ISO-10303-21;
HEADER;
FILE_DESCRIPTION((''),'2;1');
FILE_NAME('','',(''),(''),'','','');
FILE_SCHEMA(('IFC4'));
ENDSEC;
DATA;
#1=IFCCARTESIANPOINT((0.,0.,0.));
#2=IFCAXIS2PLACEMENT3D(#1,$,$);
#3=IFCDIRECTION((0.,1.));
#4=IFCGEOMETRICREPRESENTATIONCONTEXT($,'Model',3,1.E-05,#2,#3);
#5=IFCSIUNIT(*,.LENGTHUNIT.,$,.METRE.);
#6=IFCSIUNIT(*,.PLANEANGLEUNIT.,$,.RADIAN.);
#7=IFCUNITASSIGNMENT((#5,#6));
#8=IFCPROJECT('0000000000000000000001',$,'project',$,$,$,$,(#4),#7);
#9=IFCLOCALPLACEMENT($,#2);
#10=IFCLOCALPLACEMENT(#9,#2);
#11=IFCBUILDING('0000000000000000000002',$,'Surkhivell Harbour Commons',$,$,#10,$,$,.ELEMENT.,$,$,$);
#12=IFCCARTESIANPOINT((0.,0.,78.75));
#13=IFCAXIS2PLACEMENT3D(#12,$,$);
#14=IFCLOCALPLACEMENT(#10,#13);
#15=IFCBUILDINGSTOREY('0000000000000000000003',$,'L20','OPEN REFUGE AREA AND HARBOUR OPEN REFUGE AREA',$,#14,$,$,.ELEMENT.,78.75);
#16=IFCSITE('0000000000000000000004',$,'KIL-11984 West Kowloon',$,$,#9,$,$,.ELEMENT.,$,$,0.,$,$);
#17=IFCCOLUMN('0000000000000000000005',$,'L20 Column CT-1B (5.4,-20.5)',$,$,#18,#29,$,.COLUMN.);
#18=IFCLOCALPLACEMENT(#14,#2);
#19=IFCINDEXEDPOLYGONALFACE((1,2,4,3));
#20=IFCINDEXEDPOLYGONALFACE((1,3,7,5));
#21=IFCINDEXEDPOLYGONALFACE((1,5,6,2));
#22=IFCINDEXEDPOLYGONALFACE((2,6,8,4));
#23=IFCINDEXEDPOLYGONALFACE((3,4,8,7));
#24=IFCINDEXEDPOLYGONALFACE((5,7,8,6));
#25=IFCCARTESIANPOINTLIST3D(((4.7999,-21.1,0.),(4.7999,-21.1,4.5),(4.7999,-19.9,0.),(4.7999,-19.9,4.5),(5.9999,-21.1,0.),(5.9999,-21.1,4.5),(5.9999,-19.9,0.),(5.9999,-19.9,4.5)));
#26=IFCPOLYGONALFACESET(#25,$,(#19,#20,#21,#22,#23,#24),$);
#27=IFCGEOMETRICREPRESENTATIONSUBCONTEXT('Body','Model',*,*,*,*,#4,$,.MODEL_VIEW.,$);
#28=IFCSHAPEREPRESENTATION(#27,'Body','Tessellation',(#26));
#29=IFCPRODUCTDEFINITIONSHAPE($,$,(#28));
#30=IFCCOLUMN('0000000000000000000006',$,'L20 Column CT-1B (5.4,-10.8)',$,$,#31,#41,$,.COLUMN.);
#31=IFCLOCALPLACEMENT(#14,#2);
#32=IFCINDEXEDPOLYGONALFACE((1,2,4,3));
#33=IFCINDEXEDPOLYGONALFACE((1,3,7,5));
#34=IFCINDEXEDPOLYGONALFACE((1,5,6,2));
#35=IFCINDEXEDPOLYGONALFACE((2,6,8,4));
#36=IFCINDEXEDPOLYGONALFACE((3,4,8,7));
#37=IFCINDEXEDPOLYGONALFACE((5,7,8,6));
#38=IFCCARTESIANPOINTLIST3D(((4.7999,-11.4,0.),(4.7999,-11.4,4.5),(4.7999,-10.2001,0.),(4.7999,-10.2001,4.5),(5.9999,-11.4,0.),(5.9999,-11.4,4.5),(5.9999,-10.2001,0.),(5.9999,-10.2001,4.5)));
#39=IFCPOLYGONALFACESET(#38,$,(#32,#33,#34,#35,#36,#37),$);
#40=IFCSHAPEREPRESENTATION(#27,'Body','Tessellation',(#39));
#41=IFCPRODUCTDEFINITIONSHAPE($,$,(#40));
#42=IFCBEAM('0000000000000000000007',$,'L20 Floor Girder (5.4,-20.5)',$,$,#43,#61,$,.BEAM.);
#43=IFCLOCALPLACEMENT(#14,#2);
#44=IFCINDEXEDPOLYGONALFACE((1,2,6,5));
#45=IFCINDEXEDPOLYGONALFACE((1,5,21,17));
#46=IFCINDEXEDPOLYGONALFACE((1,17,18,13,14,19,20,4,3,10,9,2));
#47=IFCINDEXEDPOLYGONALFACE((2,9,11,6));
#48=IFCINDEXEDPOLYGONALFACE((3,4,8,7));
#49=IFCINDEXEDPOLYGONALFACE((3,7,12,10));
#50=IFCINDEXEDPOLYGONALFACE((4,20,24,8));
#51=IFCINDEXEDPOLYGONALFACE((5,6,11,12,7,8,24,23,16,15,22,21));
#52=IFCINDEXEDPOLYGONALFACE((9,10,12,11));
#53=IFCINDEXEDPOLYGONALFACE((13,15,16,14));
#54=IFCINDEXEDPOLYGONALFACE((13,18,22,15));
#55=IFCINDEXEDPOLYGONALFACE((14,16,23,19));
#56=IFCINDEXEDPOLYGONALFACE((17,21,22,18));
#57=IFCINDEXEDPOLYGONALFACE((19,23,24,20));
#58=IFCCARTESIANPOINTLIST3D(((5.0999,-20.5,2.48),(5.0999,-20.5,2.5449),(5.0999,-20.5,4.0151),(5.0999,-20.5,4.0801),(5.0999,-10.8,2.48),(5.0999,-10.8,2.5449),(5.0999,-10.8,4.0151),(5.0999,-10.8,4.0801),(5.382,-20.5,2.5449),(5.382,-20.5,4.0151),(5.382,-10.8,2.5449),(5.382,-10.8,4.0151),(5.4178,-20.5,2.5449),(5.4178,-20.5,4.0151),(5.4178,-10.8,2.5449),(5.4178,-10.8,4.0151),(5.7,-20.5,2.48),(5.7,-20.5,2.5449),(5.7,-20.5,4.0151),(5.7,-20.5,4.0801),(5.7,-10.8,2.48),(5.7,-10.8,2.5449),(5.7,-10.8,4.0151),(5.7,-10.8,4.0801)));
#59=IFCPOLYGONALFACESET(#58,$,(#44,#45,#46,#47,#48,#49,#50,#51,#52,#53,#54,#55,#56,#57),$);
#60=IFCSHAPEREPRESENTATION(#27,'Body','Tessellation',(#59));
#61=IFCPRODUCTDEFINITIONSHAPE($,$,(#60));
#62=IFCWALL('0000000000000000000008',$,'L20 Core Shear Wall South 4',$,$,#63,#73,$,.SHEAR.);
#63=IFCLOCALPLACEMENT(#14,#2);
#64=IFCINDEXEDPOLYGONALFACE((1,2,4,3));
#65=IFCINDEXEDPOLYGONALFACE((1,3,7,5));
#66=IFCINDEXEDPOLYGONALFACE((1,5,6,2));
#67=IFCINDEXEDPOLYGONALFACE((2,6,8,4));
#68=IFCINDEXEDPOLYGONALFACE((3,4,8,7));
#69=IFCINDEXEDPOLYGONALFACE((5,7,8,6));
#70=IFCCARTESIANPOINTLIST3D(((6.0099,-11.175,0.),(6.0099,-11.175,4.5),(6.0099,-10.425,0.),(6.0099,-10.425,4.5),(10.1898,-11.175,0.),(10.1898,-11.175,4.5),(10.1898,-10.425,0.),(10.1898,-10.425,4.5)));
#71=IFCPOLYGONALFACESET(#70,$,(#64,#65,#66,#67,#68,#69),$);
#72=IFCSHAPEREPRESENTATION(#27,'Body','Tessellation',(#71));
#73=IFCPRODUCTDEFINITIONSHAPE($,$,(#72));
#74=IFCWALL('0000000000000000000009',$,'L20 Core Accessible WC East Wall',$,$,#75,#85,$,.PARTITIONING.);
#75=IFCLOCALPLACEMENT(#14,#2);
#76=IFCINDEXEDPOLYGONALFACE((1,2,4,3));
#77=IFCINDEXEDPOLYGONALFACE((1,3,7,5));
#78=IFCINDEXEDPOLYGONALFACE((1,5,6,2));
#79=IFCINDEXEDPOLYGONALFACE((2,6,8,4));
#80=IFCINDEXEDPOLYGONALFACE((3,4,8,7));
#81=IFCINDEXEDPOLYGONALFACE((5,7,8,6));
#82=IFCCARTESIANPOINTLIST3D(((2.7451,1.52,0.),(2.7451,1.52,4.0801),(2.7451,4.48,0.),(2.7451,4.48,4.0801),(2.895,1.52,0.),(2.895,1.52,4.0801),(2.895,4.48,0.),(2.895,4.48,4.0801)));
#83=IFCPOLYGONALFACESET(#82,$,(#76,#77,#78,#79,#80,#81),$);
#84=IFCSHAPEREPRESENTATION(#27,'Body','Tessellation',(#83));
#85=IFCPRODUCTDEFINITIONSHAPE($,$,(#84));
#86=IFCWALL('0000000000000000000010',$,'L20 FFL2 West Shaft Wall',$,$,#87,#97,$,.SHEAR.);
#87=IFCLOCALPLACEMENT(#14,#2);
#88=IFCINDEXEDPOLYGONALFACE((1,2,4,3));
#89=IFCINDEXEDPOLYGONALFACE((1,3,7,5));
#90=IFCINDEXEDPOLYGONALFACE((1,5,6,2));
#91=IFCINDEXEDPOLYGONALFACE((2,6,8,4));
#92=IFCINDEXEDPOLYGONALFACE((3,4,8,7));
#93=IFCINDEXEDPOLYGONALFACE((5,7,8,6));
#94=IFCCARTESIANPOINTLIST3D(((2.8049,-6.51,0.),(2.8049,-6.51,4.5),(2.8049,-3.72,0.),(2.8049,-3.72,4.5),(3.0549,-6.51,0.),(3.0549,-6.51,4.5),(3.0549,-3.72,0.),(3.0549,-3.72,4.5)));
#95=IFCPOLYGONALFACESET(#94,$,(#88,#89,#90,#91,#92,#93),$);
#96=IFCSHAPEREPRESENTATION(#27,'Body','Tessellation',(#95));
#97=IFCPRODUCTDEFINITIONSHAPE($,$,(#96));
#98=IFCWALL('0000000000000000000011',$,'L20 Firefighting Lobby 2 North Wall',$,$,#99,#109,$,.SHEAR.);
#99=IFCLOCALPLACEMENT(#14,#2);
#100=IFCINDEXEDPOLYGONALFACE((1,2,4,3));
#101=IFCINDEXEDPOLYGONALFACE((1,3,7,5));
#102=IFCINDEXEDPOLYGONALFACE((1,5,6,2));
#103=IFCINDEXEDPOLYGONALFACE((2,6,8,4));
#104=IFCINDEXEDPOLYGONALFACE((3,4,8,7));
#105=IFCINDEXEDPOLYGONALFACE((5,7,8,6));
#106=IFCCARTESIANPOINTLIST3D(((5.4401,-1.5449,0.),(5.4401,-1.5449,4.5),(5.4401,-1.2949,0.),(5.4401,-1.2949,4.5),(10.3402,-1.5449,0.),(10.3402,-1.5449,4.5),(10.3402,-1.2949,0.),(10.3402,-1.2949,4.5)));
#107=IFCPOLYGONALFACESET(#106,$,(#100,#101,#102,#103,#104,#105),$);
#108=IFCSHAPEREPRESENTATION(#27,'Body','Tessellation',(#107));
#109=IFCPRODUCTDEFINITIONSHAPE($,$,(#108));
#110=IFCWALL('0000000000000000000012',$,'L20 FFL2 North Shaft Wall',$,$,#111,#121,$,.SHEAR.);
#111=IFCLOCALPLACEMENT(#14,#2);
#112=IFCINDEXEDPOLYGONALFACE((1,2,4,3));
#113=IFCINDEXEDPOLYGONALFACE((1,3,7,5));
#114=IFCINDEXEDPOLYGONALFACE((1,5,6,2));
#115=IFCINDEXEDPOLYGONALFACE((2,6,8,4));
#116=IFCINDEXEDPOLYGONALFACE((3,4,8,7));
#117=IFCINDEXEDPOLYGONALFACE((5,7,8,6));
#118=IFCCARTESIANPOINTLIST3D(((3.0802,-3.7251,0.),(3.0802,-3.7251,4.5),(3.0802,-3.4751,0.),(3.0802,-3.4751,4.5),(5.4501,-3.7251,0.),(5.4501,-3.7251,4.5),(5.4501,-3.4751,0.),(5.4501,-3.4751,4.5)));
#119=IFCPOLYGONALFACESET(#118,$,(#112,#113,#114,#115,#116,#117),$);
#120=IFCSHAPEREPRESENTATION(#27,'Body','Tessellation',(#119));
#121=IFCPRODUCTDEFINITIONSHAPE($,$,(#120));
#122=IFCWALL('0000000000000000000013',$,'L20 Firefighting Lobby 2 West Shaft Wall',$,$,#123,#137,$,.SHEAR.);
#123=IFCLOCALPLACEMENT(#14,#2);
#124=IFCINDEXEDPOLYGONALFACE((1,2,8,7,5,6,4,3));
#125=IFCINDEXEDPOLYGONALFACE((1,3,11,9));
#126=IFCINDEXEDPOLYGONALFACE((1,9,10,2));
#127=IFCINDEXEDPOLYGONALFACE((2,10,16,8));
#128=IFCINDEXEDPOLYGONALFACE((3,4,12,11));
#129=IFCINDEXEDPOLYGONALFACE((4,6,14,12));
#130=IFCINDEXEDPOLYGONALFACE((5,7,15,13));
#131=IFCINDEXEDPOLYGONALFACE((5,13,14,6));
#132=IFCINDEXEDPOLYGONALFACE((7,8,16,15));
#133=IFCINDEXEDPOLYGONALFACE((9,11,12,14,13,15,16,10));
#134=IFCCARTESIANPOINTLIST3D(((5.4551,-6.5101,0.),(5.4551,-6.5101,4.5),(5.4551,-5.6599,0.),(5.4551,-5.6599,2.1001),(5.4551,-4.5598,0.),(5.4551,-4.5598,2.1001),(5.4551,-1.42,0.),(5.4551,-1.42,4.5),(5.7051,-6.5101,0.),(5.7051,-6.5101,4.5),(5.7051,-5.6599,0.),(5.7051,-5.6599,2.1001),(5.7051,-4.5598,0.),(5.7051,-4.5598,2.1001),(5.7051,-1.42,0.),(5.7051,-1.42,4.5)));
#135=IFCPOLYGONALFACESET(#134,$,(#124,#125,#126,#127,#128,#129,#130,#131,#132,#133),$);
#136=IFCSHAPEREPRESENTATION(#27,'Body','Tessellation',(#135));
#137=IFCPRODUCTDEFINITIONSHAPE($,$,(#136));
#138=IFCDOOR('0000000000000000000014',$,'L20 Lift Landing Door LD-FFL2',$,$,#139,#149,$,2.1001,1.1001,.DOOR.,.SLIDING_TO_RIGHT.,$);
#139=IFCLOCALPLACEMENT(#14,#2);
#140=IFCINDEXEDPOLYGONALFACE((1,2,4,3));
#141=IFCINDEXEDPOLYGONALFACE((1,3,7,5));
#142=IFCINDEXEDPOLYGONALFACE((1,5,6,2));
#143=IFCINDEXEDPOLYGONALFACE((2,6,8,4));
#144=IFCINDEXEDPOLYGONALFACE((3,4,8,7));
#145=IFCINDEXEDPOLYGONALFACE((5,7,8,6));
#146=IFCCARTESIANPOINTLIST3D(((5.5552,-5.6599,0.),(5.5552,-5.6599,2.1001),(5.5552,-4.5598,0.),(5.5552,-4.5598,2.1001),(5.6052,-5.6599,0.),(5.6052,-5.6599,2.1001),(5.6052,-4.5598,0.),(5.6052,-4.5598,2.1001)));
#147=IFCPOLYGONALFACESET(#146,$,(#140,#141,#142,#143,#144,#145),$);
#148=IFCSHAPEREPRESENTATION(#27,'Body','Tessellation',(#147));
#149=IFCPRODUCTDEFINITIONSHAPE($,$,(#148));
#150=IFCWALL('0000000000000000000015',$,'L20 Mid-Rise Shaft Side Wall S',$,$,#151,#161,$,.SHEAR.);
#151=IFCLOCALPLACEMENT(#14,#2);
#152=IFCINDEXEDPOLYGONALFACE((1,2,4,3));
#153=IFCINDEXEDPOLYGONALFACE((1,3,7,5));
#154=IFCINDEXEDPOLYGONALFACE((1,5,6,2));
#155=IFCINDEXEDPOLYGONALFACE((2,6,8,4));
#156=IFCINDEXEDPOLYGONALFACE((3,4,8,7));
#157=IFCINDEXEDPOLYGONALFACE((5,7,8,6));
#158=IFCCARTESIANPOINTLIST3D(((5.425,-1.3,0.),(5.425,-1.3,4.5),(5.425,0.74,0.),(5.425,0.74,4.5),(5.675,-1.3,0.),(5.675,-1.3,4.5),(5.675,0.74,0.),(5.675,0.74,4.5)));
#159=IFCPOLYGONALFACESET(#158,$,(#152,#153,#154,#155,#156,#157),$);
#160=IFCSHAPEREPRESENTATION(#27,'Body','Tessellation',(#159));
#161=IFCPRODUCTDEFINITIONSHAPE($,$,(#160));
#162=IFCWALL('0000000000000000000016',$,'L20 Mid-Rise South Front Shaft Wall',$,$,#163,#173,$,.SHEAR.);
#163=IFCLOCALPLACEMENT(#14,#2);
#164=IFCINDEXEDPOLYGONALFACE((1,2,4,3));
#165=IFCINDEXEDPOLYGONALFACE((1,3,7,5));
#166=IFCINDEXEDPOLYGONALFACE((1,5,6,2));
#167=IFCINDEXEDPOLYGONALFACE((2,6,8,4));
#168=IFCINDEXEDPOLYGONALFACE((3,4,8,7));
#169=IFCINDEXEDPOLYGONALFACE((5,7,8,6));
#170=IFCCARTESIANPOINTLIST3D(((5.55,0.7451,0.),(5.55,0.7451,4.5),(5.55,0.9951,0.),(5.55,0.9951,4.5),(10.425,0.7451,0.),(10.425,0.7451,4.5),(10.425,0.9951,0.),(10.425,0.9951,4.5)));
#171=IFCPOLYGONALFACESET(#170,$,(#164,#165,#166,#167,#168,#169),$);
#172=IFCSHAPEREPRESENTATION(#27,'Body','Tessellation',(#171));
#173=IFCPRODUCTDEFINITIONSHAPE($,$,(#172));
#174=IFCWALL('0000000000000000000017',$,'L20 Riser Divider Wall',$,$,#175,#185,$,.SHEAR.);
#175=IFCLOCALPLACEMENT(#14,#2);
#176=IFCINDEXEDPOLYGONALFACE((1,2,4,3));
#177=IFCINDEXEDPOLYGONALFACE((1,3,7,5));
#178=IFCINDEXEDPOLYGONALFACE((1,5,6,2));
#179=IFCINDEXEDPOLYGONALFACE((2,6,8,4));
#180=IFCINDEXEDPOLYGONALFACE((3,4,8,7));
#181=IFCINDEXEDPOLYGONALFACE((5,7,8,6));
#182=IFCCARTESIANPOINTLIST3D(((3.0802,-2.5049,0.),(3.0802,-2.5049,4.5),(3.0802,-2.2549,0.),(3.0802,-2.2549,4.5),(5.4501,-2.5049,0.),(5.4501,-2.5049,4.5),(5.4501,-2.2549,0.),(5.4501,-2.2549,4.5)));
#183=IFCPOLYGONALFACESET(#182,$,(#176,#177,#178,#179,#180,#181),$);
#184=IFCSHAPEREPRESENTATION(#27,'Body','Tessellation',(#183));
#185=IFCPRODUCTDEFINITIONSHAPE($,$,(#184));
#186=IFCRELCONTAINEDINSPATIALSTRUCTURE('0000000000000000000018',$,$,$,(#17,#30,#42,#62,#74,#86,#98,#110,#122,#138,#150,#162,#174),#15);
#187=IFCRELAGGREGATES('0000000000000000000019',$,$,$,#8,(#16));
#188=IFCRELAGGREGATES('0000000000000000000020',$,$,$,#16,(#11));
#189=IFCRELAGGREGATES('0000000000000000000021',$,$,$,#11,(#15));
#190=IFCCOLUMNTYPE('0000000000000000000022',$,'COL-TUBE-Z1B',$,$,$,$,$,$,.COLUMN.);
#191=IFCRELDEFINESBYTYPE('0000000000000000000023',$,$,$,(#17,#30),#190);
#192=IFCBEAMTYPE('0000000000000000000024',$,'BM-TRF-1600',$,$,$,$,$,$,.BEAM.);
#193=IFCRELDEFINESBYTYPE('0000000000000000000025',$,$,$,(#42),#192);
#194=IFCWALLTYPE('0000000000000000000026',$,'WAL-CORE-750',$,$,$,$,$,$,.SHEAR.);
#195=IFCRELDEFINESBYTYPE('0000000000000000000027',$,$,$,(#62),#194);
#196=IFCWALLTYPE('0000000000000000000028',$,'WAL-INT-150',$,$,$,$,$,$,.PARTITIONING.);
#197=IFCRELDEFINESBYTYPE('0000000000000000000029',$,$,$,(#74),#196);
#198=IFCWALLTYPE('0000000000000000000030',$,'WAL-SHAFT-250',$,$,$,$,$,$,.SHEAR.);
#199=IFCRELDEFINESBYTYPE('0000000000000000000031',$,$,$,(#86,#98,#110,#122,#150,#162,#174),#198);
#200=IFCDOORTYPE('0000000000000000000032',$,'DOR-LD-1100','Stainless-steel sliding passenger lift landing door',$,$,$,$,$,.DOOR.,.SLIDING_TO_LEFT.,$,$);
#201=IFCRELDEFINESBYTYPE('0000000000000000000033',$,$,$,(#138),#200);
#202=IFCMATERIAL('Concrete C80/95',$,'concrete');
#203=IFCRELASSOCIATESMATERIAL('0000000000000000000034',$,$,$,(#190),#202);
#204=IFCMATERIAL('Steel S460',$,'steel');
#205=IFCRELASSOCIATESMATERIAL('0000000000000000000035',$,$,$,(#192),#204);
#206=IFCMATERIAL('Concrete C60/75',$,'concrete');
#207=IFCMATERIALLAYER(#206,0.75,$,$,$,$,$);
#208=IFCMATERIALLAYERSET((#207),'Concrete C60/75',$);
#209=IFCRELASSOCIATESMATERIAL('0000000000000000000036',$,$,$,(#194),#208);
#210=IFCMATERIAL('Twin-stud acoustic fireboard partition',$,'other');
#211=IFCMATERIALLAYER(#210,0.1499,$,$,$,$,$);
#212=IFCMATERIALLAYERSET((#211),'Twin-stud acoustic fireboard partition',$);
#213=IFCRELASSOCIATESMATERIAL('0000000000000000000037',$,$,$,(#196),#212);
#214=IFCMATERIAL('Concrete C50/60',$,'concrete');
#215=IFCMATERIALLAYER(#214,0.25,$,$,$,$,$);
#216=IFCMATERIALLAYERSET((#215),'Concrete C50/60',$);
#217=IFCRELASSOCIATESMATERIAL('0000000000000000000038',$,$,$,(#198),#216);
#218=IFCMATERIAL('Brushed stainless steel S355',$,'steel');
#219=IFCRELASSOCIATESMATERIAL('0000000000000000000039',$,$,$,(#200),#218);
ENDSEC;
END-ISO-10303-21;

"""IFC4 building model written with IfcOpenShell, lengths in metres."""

from ifc_helpers import new_model, si_unit, direction, frame, frame_2d, origin, origin_2d, place, context, subcontext, project, spatial, rectangle, i_section, extrude, material, layer, layer_set, material_profile, profile_set, type_object, element, fill, save


model = new_model("IFC4")

# Units and contexts
model_context = context("Model", 3, precision=1e-05, world=origin(), true_north=direction((0.0, 1.0)))
body_context = subcontext(model_context, "Body", "Model", "MODEL_VIEW")
ifc_project = project(units=[si_unit("LENGTHUNIT", "METRE"), si_unit("PLANEANGLEUNIT", "RADIAN")], contexts=[model_context])

# Site, building, storey
site_placement = place(None, origin())
site = spatial("IfcSite", under=ifc_project, at=site_placement, Name="KIL-11984 West Kowloon", CompositionType="ELEMENT", RefElevation=0.0)
building_placement = place(site_placement, origin())
building = spatial("IfcBuilding", under=site, at=building_placement, Name="Surkhivell Harbour Commons", CompositionType="ELEMENT")
storey_placement = place(building_placement, frame((0.0, 0.0, 78.75)))
storey = spatial("IfcBuildingStorey", under=building, at=storey_placement, Name="L20", Description="OPEN REFUGE AREA AND HARBOUR OPEN REFUGE AREA", CompositionType="ELEMENT", Elevation=78.75)

# Columns
ifc_material_1 = material(Name="Concrete C80/95", Category="concrete")
ifc_material_profile_1 = material_profile(ifc_material_1, rectangle(XDim=1.2, YDim=1.2, at=origin_2d()), Name="RC-COL-1200x1200")
ifc_profile_set_1 = profile_set([ifc_material_profile_1], Name="Concrete C80/95")
column_type = type_object("IfcColumnType", Name="COL-TUBE-Z1B", PredefinedType="COLUMN", material=ifc_profile_set_1)
for number, where, z_axis, x_axis, name in (
    (1, (5.3999, -20.5, 0.0), (0.0, 0.0, 1.0), (1.0, 0.0, 0.0), "L20 Column CT-1B (5.4,-20.5)"),
    (2, (5.3999, -10.8, 0.0), (0.0, 0.0, 1.0), (1.0, 0.0, 0.0), "L20 Column CT-1B (5.4,-10.8)"),
):
    element("IfcColumn", number, at=place(storey_placement, frame(where, z_axis=z_axis, x_axis=x_axis)), inside=storey, type_object=column_type, Name=name, PredefinedType="COLUMN", context=body_context, shape_type="SweptSolid", body=[
        extrude(rectangle(XDim=1.2, YDim=1.2, at=origin_2d()), origin(), (0.0, 0.0, 1.0), 4.5),
    ])

# Beam
ifc_material_2 = material(Name="Steel S460", Category="steel")
ifc_material_profile_2 = material_profile(ifc_material_2, i_section(OverallWidth=0.6001, OverallDepth=1.6001, WebThickness=0.0359, FlangeThickness=0.0649, at=origin_2d()), Name="WPG1600x600x296")
ifc_profile_set_2 = profile_set([ifc_material_profile_2], Name="Steel S460")
beam_type = type_object("IfcBeamType", Name="BM-TRF-1600", PredefinedType="BEAM", material=ifc_profile_set_2)
beam_placement = place(storey_placement, frame((5.3999, -20.5, 3.28), z_axis=(0.0, 1.0, 0.0), x_axis=(-1.0, 0.0, 0.0)))
element("IfcBeam", 3, at=beam_placement, inside=storey, type_object=beam_type, Name="L20 Floor Girder (5.4,-20.5)", PredefinedType="BEAM", context=body_context, shape_type="SweptSolid", body=[
    extrude(i_section(OverallWidth=0.6001, OverallDepth=1.6001, WebThickness=0.0359, FlangeThickness=0.0649, at=origin_2d()), origin(), (0.0, 0.0, 1.0), 9.7),
])

# Walls
ifc_material_3 = material(Name="Concrete C60/75", Category="concrete")
ifc_layer_1 = layer(ifc_material_3, 0.75)
ifc_layer_set_1 = layer_set([ifc_layer_1], Name="Concrete C60/75")
wall_type_1 = type_object("IfcWallType", Name="WAL-CORE-750", PredefinedType="SHEAR", material=ifc_layer_set_1)
wall_1_placement = place(storey_placement, frame((6.01, -10.8, 0.0), z_axis=(0.0, 0.0, 1.0), x_axis=(1.0, 0.0, 0.0)))
element("IfcWall", 4, at=wall_1_placement, inside=storey, type_object=wall_type_1, Name="L20 Core Shear Wall South 4", PredefinedType="SHEAR", context=body_context, shape_type="SweptSolid", body=[
    extrude(rectangle(XDim=4.1799, YDim=0.75, at=frame_2d((2.0898, 0.0))), origin(), (0.0, 0.0, 1.0), 4.5),
])
ifc_material_4 = material(Name="Twin-stud acoustic fireboard partition", Category="other")
ifc_layer_2 = layer(ifc_material_4, 0.1499)
ifc_layer_set_2 = layer_set([ifc_layer_2], Name="Twin-stud acoustic fireboard partition")
wall_type_2 = type_object("IfcWallType", Name="WAL-INT-150", PredefinedType="PARTITIONING", material=ifc_layer_set_2)
wall_2_placement = place(storey_placement, frame((2.8201, 1.52, 0.0), z_axis=(0.0, 0.0, 1.0), x_axis=(0.0, 1.0, 0.0)))
element("IfcWall", 5, at=wall_2_placement, inside=storey, type_object=wall_type_2, Name="L20 Core Accessible WC East Wall", PredefinedType="PARTITIONING", context=body_context, shape_type="SweptSolid", body=[
    extrude(rectangle(XDim=2.96, YDim=0.1499, at=frame_2d((1.48, 0.0))), origin(), (0.0, 0.0, 1.0), 4.0801),
])
ifc_material_5 = material(Name="Concrete C50/60", Category="concrete")
ifc_layer_3 = layer(ifc_material_5, 0.25)
ifc_layer_set_3 = layer_set([ifc_layer_3], Name="Concrete C50/60")
wall_type_3 = type_object("IfcWallType", Name="WAL-SHAFT-250", PredefinedType="SHEAR", material=ifc_layer_set_3)
wall_3_placement = place(storey_placement, frame((2.9299, -6.51, 0.0), z_axis=(0.0, 0.0, 1.0), x_axis=(0.0, 1.0, 0.0)))
element("IfcWall", 6, at=wall_3_placement, inside=storey, type_object=wall_type_3, Name="L20 FFL2 West Shaft Wall", PredefinedType="SHEAR", context=body_context, shape_type="SweptSolid", body=[
    extrude(rectangle(XDim=2.79, YDim=0.25, at=frame_2d((1.395, 0.0))), origin(), (0.0, 0.0, 1.0), 4.5),
])
wall_4_placement = place(storey_placement, frame((5.4399, -1.4199, 0.0), z_axis=(0.0, 0.0, 1.0), x_axis=(1.0, 0.0, 0.0)))
element("IfcWall", 7, at=wall_4_placement, inside=storey, type_object=wall_type_3, Name="L20 Firefighting Lobby 2 North Wall", PredefinedType="SHEAR", context=body_context, shape_type="SweptSolid", body=[
    extrude(rectangle(XDim=4.9001, YDim=0.25, at=frame_2d((2.4502, 0.0))), origin(), (0.0, 0.0, 1.0), 4.5),
])
wall_5_placement = place(storey_placement, frame((3.0801, -3.6001, 0.0), z_axis=(0.0, 0.0, 1.0), x_axis=(1.0, 0.0, 0.0)))
element("IfcWall", 8, at=wall_5_placement, inside=storey, type_object=wall_type_3, Name="L20 FFL2 North Shaft Wall", PredefinedType="SHEAR", context=body_context, shape_type="SweptSolid", body=[
    extrude(rectangle(XDim=2.3699, YDim=0.25, at=frame_2d((1.1851, 0.0))), origin(), (0.0, 0.0, 1.0), 4.5),
])

# Wall, opening, door
wall_6_placement = place(storey_placement, frame((5.5801, -6.51, 0.0), z_axis=(0.0, 0.0, 1.0), x_axis=(0.0, 1.0, 0.0)))
wall_6 = element("IfcWall", 9, at=wall_6_placement, inside=storey, type_object=wall_type_3, Name="L20 Firefighting Lobby 2 West Shaft Wall", PredefinedType="SHEAR", context=body_context, shape_type="SweptSolid", body=[
    extrude(rectangle(XDim=5.0901, YDim=0.25, at=frame_2d((2.5449, 0.0))), origin(), (0.0, 0.0, 1.0), 4.5),
])
opening_1_placement = place(wall_6_placement, frame((0.8501, 0.0, 0.0)))
opening_1 = element("IfcOpeningElement", 10, at=opening_1_placement, cuts=wall_6, PredefinedType="OPENING", context=body_context, shape_type="SweptSolid", body=[
    extrude(rectangle(XDim=1.1001, YDim=2.1001, at=frame_2d((0.55, 1.05))), frame((0.0, 0.135, 0.0), z_axis=(0.0, -1.0, 0.0), x_axis=(1.0, 0.0, 0.0)), (0.0, 0.0, 1.0), 0.27),
])
ifc_material_6 = material(Name="Brushed stainless steel S355", Category="steel")
door_type_1 = type_object("IfcDoorType", Name="DOR-LD-1100", Description="Stainless-steel sliding passenger lift landing door", OperationType="SLIDING_TO_LEFT", PredefinedType="DOOR", material=ifc_material_6)
door_1_placement = place(opening_1_placement, origin())
door_1 = element("IfcDoor", 11, at=door_1_placement, inside=storey, type_object=door_type_1, Name="L20 Lift Landing Door LD-FFL2", OperationType="SLIDING_TO_RIGHT", OverallHeight=2.1001, OverallWidth=1.1001, PredefinedType="DOOR", context=body_context, shape_type="SweptSolid", body=[
    extrude(rectangle(XDim=1.1001, YDim=2.1001, at=frame_2d((0.55, 1.05))), frame((0.0, 0.0249, 0.0), z_axis=(0.0, -1.0, 0.0), x_axis=(1.0, 0.0, 0.0)), (0.0, 0.0, 1.0), 0.05),
])
fill(opening_1, door_1)

# Walls
wall_7_placement = place(storey_placement, frame((5.55, -1.3, 0.0), z_axis=(0.0, 0.0, 1.0), x_axis=(0.0, 1.0, 0.0)))
element("IfcWall", 12, at=wall_7_placement, inside=storey, type_object=wall_type_3, Name="L20 Mid-Rise Shaft Side Wall S", PredefinedType="SHEAR", context=body_context, shape_type="SweptSolid", body=[
    extrude(rectangle(XDim=2.04, YDim=0.25, at=frame_2d((1.02, 0.0))), origin(), (0.0, 0.0, 1.0), 4.5),
])
wall_8_placement = place(storey_placement, frame((5.55, 0.8701, 0.0), z_axis=(0.0, 0.0, 1.0), x_axis=(1.0, 0.0, 0.0)))
element("IfcWall", 13, at=wall_8_placement, inside=storey, type_object=wall_type_3, Name="L20 Mid-Rise South Front Shaft Wall", PredefinedType="SHEAR", context=body_context, shape_type="SweptSolid", body=[
    extrude(rectangle(XDim=4.875, YDim=0.25, at=frame_2d((2.4375, 0.0))), origin(), (0.0, 0.0, 1.0), 4.5),
])
for number, where, z_axis, x_axis, name in (
    (14, (3.0801, -2.3799, 0.0), (0.0, 0.0, 1.0), (1.0, 0.0, 0.0), "L20 Riser Divider Wall"),
):
    element("IfcWall", number, at=place(storey_placement, frame(where, z_axis=z_axis, x_axis=x_axis)), inside=storey, type_object=wall_type_3, Name=name, PredefinedType="SHEAR", context=body_context, shape_type="SweptSolid", body=[
        extrude(rectangle(XDim=2.3699, YDim=0.25, at=frame_2d((1.1851, 0.0))), origin(), (0.0, 0.0, 1.0), 4.5),
    ])

save(model, "model.ifc")
